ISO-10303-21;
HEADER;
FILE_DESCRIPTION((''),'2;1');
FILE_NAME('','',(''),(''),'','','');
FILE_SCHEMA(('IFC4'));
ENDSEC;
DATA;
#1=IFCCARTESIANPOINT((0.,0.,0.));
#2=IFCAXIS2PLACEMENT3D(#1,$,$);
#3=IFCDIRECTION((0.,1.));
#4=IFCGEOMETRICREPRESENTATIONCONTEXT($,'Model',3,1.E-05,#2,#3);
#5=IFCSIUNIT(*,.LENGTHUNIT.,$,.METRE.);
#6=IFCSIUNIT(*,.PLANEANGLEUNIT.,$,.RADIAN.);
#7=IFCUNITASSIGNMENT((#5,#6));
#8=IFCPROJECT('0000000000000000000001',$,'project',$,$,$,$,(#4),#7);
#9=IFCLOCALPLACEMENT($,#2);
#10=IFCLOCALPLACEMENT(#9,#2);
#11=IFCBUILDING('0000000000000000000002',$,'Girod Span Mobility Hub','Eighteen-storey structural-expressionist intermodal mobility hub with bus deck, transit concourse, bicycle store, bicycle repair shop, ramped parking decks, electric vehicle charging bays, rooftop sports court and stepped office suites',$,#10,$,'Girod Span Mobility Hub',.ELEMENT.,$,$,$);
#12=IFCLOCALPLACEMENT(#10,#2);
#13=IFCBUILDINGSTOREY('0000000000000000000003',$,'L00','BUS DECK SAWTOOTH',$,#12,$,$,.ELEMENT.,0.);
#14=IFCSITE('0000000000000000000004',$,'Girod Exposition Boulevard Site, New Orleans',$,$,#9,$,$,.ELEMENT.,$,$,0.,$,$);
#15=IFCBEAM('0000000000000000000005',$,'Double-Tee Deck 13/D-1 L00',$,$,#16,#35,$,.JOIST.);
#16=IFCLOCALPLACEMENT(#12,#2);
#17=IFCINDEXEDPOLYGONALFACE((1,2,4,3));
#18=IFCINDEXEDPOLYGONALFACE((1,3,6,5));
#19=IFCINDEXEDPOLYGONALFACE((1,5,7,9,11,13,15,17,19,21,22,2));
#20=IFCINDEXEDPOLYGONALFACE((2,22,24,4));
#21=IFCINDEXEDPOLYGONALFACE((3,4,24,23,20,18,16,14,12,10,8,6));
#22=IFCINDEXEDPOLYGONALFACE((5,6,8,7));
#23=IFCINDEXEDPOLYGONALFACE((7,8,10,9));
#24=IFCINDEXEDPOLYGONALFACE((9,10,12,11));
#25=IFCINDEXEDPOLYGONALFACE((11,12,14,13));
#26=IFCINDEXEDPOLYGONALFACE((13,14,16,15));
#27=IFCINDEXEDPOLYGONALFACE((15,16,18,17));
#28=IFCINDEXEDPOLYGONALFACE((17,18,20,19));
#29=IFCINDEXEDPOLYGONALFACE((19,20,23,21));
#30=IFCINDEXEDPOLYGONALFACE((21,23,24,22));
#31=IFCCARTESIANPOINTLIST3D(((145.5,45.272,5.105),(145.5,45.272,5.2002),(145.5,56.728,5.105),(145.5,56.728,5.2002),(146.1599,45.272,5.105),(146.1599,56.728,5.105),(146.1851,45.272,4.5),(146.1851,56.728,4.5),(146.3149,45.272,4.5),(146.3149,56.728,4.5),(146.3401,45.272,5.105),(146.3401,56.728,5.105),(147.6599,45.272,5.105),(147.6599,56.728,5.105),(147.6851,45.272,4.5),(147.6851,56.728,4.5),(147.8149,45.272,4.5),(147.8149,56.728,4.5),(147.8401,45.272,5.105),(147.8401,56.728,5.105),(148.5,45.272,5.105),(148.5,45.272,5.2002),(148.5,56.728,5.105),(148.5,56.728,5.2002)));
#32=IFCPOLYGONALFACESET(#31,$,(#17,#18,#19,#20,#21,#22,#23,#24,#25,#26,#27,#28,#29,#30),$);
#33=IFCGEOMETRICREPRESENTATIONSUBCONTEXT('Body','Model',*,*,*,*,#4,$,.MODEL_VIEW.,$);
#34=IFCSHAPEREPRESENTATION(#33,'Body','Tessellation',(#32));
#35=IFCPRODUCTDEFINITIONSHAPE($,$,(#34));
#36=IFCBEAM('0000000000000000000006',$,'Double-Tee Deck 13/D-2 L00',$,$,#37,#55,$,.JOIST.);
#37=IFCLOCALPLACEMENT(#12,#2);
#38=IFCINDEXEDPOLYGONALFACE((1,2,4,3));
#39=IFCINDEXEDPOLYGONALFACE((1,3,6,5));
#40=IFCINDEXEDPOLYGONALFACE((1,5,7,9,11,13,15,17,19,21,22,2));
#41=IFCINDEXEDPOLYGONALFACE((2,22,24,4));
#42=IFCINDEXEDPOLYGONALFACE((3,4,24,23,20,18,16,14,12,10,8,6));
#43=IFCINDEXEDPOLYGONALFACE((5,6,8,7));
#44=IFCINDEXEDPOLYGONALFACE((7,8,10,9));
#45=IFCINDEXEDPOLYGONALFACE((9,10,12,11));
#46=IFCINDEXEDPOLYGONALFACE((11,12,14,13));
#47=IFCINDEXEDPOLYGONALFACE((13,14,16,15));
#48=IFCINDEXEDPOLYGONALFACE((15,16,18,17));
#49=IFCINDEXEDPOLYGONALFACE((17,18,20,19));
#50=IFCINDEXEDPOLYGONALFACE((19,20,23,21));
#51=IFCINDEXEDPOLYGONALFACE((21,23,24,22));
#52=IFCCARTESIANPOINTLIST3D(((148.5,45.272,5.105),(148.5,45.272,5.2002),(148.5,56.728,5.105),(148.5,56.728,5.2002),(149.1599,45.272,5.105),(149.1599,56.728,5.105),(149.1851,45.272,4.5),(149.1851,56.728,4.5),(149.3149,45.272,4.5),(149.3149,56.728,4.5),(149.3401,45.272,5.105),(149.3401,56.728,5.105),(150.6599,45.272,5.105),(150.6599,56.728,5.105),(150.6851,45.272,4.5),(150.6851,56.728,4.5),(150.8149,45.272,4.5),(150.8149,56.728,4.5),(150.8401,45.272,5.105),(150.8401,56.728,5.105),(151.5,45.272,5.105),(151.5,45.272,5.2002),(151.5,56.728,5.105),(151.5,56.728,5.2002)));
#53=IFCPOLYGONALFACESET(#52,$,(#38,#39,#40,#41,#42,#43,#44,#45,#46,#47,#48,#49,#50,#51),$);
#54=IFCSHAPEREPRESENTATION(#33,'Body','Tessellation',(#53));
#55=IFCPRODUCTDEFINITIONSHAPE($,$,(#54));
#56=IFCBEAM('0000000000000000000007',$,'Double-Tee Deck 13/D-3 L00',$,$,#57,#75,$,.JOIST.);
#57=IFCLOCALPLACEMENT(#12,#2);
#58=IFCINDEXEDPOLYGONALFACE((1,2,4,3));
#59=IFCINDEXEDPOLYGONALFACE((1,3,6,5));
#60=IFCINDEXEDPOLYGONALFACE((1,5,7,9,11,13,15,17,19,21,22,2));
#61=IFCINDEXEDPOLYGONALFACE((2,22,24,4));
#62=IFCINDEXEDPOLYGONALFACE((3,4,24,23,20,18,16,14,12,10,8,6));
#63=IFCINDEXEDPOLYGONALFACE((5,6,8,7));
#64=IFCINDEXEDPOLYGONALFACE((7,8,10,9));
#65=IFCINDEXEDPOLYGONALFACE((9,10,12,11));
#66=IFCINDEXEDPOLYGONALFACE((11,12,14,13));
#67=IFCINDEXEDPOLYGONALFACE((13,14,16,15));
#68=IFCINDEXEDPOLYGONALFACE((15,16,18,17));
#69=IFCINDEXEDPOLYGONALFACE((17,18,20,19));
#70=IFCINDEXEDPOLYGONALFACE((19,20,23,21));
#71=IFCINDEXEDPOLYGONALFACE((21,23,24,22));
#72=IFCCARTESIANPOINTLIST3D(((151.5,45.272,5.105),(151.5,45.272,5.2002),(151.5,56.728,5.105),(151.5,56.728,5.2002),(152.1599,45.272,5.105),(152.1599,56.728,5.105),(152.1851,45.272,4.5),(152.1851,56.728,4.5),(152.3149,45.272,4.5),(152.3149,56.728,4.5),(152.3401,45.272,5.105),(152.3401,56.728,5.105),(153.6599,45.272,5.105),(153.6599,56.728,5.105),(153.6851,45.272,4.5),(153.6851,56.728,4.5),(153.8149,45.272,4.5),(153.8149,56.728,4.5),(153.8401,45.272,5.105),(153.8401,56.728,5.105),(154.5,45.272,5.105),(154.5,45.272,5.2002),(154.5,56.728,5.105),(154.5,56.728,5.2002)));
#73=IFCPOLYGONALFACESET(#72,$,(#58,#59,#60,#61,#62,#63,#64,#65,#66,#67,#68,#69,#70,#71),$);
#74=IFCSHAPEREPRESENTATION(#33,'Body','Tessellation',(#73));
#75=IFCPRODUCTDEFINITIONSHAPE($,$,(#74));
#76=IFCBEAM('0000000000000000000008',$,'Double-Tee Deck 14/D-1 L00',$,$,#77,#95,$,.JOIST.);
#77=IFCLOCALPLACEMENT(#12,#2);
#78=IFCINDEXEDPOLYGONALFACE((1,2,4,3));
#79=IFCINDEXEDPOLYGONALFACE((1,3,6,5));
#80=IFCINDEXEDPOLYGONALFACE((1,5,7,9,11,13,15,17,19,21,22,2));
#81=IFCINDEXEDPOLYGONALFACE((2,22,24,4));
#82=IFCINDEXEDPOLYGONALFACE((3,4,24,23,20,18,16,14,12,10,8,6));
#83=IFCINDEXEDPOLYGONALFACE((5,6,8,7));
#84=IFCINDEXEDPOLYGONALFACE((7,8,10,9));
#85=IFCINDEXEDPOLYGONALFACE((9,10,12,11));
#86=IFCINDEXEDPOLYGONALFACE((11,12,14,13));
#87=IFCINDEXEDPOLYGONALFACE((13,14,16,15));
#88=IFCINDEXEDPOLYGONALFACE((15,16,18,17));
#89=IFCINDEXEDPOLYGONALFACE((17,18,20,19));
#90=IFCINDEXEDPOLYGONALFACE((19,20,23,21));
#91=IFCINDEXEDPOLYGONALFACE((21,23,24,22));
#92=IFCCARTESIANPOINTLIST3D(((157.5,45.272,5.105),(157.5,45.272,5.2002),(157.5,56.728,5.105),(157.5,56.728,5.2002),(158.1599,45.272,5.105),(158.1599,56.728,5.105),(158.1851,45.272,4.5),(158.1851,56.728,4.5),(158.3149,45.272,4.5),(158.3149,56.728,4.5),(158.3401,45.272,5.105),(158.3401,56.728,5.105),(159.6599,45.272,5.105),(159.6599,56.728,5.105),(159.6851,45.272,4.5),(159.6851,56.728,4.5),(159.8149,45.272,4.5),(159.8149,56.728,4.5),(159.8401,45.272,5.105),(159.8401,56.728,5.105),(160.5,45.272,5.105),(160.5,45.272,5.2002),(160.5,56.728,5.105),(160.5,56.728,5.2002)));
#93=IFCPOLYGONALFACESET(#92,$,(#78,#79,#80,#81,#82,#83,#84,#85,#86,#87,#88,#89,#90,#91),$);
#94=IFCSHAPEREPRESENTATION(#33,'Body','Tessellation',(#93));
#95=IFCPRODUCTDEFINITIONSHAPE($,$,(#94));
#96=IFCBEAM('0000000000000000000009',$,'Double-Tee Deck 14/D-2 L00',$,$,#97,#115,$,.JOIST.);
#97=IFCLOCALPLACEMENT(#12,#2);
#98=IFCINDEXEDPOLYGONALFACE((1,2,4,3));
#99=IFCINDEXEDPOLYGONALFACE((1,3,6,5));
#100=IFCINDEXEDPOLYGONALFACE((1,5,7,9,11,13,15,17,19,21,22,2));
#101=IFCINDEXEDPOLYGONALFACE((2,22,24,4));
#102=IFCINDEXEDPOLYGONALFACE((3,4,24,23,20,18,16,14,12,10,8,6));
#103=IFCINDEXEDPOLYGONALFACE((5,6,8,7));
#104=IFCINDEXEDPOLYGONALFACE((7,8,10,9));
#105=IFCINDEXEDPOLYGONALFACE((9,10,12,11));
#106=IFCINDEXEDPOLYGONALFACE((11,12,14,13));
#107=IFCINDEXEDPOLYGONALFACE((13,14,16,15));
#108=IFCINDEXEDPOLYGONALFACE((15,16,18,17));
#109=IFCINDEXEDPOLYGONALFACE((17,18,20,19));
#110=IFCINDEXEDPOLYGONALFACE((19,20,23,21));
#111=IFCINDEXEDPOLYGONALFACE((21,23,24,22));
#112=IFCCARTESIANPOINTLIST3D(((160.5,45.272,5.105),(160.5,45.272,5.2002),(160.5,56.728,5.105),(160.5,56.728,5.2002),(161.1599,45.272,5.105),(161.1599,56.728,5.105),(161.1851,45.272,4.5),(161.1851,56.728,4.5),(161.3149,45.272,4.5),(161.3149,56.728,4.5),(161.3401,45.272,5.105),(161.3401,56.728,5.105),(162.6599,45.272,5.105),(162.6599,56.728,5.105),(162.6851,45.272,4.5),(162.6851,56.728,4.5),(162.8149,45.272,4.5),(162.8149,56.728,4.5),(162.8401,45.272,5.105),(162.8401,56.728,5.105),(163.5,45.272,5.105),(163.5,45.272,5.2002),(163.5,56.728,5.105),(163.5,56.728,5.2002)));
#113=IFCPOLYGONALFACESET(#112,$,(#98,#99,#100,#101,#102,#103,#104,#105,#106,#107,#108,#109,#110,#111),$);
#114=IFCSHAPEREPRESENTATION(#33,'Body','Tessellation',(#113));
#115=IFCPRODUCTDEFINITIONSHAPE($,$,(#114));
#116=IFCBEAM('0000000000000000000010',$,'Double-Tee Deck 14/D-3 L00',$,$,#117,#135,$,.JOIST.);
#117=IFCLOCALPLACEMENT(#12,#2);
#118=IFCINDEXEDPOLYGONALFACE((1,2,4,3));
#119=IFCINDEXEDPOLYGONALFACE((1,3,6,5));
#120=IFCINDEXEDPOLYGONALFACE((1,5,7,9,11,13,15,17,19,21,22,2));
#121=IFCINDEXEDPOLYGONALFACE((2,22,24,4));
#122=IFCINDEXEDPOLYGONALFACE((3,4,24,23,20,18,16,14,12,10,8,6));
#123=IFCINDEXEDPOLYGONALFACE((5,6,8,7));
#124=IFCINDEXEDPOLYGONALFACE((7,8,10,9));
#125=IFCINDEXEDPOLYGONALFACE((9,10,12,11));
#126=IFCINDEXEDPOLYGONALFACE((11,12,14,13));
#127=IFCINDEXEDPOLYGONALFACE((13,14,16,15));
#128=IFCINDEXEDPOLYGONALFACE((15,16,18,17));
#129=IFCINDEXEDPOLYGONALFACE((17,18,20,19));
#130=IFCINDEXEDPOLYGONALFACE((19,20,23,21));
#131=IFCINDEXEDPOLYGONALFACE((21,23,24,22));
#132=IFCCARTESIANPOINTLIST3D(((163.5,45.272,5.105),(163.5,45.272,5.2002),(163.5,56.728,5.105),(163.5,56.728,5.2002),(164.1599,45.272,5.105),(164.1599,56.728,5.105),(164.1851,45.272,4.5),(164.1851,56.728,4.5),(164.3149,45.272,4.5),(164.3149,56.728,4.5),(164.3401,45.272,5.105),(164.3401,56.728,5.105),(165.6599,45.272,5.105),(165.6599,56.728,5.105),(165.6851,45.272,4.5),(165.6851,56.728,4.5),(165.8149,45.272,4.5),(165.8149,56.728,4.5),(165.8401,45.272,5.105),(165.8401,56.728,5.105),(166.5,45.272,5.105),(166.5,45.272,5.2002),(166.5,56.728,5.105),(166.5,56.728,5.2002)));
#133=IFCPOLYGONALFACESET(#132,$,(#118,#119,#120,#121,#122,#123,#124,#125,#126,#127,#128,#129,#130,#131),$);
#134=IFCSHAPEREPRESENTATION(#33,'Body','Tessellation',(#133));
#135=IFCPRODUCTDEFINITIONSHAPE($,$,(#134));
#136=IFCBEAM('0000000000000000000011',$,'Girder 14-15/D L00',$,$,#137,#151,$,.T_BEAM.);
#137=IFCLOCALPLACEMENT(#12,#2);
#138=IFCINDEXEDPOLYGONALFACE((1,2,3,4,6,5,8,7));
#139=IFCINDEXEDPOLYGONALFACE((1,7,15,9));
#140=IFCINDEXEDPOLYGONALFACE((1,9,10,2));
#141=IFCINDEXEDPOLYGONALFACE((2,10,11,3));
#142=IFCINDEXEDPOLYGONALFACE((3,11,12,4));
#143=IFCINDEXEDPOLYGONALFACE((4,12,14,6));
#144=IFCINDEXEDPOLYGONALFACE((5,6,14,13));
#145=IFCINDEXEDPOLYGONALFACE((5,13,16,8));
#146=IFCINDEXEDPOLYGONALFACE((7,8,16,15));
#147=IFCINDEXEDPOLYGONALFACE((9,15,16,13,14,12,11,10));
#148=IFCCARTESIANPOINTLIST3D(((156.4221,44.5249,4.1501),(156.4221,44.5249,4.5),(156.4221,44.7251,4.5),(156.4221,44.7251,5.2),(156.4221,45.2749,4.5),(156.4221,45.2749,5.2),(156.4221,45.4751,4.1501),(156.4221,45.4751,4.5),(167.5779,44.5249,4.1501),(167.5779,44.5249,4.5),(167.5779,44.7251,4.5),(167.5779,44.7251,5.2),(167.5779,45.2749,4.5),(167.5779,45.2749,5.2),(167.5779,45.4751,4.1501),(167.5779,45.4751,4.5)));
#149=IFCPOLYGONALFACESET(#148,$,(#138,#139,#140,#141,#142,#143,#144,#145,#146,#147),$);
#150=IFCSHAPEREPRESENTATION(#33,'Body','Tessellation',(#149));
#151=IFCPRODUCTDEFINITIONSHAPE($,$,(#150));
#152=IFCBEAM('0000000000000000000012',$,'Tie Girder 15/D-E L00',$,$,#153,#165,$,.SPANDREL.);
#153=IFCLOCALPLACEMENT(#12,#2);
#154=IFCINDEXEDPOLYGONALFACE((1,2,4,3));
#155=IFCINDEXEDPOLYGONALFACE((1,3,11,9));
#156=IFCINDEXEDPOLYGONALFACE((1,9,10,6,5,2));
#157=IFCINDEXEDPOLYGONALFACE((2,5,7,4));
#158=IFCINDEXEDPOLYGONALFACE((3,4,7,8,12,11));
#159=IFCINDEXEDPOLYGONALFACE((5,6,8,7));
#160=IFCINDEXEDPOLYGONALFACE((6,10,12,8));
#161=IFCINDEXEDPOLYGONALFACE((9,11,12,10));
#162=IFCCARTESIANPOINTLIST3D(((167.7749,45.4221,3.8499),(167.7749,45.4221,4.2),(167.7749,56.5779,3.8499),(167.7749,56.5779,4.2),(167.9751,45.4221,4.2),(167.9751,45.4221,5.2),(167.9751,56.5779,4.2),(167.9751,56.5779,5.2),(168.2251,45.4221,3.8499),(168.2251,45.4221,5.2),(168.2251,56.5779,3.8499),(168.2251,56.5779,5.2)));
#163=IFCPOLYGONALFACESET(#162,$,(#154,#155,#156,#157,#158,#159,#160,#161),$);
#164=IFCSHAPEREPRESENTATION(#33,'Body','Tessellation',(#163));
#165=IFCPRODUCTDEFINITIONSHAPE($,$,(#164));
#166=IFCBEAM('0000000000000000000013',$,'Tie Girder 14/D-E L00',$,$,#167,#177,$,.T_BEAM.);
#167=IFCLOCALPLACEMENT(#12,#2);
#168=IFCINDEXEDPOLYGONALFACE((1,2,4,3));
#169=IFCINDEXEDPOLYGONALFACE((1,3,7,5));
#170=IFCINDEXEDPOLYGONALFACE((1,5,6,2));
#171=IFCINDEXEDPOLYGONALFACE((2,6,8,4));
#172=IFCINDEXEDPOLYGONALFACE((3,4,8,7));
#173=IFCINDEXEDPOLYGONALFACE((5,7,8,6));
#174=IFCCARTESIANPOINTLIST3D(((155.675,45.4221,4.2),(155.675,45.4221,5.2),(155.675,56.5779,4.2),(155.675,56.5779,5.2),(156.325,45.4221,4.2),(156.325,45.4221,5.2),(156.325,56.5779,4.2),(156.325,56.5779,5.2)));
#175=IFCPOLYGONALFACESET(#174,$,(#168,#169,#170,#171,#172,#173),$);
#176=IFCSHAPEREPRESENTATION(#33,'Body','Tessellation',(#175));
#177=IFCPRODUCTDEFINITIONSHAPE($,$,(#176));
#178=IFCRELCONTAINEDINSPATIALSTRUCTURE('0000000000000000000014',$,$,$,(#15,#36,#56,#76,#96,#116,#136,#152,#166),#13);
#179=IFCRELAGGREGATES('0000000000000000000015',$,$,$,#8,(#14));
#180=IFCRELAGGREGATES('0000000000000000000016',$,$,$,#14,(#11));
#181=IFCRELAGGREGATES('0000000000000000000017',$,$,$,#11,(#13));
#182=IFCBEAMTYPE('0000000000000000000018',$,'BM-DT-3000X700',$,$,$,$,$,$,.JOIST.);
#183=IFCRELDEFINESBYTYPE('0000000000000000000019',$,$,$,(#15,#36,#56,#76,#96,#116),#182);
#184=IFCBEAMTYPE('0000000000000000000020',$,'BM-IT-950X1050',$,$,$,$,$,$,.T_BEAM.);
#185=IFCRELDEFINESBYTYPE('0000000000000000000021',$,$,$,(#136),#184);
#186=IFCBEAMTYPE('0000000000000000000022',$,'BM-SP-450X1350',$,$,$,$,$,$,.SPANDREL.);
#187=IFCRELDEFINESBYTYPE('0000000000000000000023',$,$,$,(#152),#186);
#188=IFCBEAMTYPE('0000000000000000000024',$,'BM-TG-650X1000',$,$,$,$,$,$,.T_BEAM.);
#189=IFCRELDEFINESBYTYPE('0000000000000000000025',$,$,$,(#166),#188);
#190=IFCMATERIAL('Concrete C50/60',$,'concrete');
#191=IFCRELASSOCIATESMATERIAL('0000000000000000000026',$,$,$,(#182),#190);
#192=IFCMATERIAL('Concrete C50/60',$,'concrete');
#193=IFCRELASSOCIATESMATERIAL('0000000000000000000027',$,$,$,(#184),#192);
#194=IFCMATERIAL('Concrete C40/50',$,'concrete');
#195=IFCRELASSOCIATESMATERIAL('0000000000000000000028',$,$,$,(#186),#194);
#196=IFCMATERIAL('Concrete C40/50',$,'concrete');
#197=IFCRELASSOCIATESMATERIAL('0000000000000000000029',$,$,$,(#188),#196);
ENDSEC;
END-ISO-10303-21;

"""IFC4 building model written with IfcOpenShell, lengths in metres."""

from ifc_helpers import new_model, si_unit, direction, frame, origin, origin_2d, place, context, subcontext, project, spatial, polyline, rectangle, outline, extrude, material, material_profile, profile_set, type_object, element, save


model = new_model("IFC4")

# Units and contexts
model_context = context("Model", 3, precision=1e-05, world=origin(), true_north=direction((0.0, 1.0)))
body_context = subcontext(model_context, "Body", "Model", "MODEL_VIEW")
ifc_project = project(units=[si_unit("LENGTHUNIT", "METRE"), si_unit("PLANEANGLEUNIT", "RADIAN")], contexts=[model_context])

# Site, building, storey
site_placement = place(None, origin())
site = spatial("IfcSite", under=ifc_project, at=site_placement, Name="Girod Exposition Boulevard Site, New Orleans", CompositionType="ELEMENT", RefElevation=0.0)
building_placement = place(site_placement, origin())
building = spatial("IfcBuilding", under=site, at=building_placement, Name="Girod Span Mobility Hub", Description="Eighteen-storey structural-expressionist intermodal mobility hub with bus deck, transit concourse, bicycle store, bicycle repair shop, ramped parking decks, electric vehicle charging bays, rooftop sports court and stepped office suites", LongName="Girod Span Mobility Hub", CompositionType="ELEMENT")
storey_placement = place(building_placement, origin())
storey = spatial("IfcBuildingStorey", under=building, at=storey_placement, Name="L00", Description="BUS DECK SAWTOOTH", CompositionType="ELEMENT", Elevation=0.0)

# Beams
ifc_material_1 = material(Name="Concrete C50/60", Category="concrete")
ifc_material_profile_1 = material_profile(ifc_material_1, outline(polyline([(-1.5, 0.3501), (-1.5, 0.2549), (-0.8401, 0.2549), (-0.8149, -0.3501), (-0.6851, -0.3501), (-0.6599, 0.2549), (0.6599, 0.2549), (0.6851, -0.3501), (0.8149, -0.3501), (0.8401, 0.2549), (1.5, 0.2549), (1.5, 0.3501), (-1.5, 0.3501)])), Name="DT-3000X700")
ifc_profile_set_1 = profile_set([ifc_material_profile_1], Name="Concrete C50/60")
beam_type_1 = type_object("IfcBeamType", Name="BM-DT-3000X700", PredefinedType="JOIST", material=ifc_profile_set_1)
for number, where, z_axis, x_axis, name in (
    (1, (147.0, 45.272, 4.8501), (0.0, 1.0, 0.0), (-1.0, 0.0, 0.0), "Double-Tee Deck 13/D-1 L00"),
    (2, (150.0, 45.272, 4.8501), (0.0, 1.0, 0.0), (-1.0, 0.0, 0.0), "Double-Tee Deck 13/D-2 L00"),
    (3, (153.0, 45.272, 4.8501), (0.0, 1.0, 0.0), (-1.0, 0.0, 0.0), "Double-Tee Deck 13/D-3 L00"),
    (4, (159.0, 45.272, 4.8501), (0.0, 1.0, 0.0), (-1.0, 0.0, 0.0), "Double-Tee Deck 14/D-1 L00"),
    (5, (162.0, 45.272, 4.8501), (0.0, 1.0, 0.0), (-1.0, 0.0, 0.0), "Double-Tee Deck 14/D-2 L00"),
    (6, (165.0, 45.272, 4.8501), (0.0, 1.0, 0.0), (-1.0, 0.0, 0.0), "Double-Tee Deck 14/D-3 L00"),
):
    element("IfcBeam", number, at=place(storey_placement, frame(where, z_axis=z_axis, x_axis=x_axis)), inside=storey, type_object=beam_type_1, Name=name, PredefinedType="JOIST", context=body_context, shape_type="SweptSolid", body=[
        extrude(outline(polyline([(-1.5, 0.3501), (-1.5, 0.2549), (-0.8401, 0.2549), (-0.8149, -0.3501), (-0.6851, -0.3501), (-0.6599, 0.2549), (0.6599, 0.2549), (0.6851, -0.3501), (0.8149, -0.3501), (0.8401, 0.2549), (1.5, 0.2549), (1.5, 0.3501), (-1.5, 0.3501)])), origin(), (0.0, 0.0, 1.0), 11.4561),
    ])
ifc_material_2 = material(Name="Concrete C50/60", Category="concrete")
ifc_material_profile_2 = material_profile(ifc_material_2, outline(polyline([(-0.4751, -0.5249), (0.4751, -0.5249), (0.4751, -0.175), (0.2749, -0.175), (0.2749, 0.5249), (-0.2749, 0.5249), (-0.2749, -0.175), (-0.4751, -0.175), (-0.4751, -0.5249)])), Name="IT-950X1050")
ifc_profile_set_2 = profile_set([ifc_material_profile_2], Name="Concrete C50/60")
beam_type_2 = type_object("IfcBeamType", Name="BM-IT-950X1050", PredefinedType="T_BEAM", material=ifc_profile_set_2)
beam_1_placement = place(storey_placement, frame((156.4221, 45.0, 4.675), z_axis=(1.0, 0.0, 0.0), x_axis=(0.0, 1.0, 0.0)))
element("IfcBeam", 7, at=beam_1_placement, inside=storey, type_object=beam_type_2, Name="Girder 14-15/D L00", PredefinedType="T_BEAM", context=body_context, shape_type="SweptSolid", body=[
    extrude(outline(polyline([(-0.4751, -0.5249), (0.4751, -0.5249), (0.4751, -0.175), (0.2749, -0.175), (0.2749, 0.5249), (-0.2749, 0.5249), (-0.2749, -0.175), (-0.4751, -0.175), (-0.4751, -0.5249)])), origin(), (0.0, 0.0, 1.0), 11.1558),
])
ifc_material_3 = material(Name="Concrete C40/50", Category="concrete")
ifc_material_profile_3 = material_profile(ifc_material_3, outline(polyline([(-0.2251, -0.675), (0.2251, -0.675), (0.2251, -0.325), (0.0249, -0.325), (0.0249, 0.675), (-0.2251, 0.675), (-0.2251, -0.675)])), Name="SP-450X1350")
ifc_profile_set_3 = profile_set([ifc_material_profile_3], Name="Concrete C40/50")
beam_type_3 = type_object("IfcBeamType", Name="BM-SP-450X1350", PredefinedType="SPANDREL", material=ifc_profile_set_3)
beam_2_placement = place(storey_placement, frame((168.0, 45.4221, 4.5249), z_axis=(0.0, 1.0, 0.0), x_axis=(-1.0, 0.0, 0.0)))
element("IfcBeam", 8, at=beam_2_placement, inside=storey, type_object=beam_type_3, Name="Tie Girder 15/D-E L00", PredefinedType="SPANDREL", context=body_context, shape_type="SweptSolid", body=[
    extrude(outline(polyline([(-0.2251, -0.675), (0.2251, -0.675), (0.2251, -0.325), (0.0249, -0.325), (0.0249, 0.675), (-0.2251, 0.675), (-0.2251, -0.675)])), origin(), (0.0, 0.0, 1.0), 11.1558),
])
ifc_material_4 = material(Name="Concrete C40/50", Category="concrete")
ifc_material_profile_4 = material_profile(ifc_material_4, rectangle(XDim=0.6499, YDim=1.0, at=origin_2d()), Name="TG-650X1000")
ifc_profile_set_4 = profile_set([ifc_material_profile_4], Name="Concrete C40/50")
beam_type_4 = type_object("IfcBeamType", Name="BM-TG-650X1000", PredefinedType="T_BEAM", material=ifc_profile_set_4)
beam_3_placement = place(storey_placement, frame((156.0, 45.4221, 4.7), z_axis=(0.0, 1.0, 0.0), x_axis=(-1.0, 0.0, 0.0)))
element("IfcBeam", 9, at=beam_3_placement, inside=storey, type_object=beam_type_4, Name="Tie Girder 14/D-E L00", PredefinedType="T_BEAM", context=body_context, shape_type="SweptSolid", body=[
    extrude(rectangle(XDim=0.6499, YDim=1.0, at=origin_2d()), origin(), (0.0, 0.0, 1.0), 11.1558),
])

save(model, "model.ifc")
